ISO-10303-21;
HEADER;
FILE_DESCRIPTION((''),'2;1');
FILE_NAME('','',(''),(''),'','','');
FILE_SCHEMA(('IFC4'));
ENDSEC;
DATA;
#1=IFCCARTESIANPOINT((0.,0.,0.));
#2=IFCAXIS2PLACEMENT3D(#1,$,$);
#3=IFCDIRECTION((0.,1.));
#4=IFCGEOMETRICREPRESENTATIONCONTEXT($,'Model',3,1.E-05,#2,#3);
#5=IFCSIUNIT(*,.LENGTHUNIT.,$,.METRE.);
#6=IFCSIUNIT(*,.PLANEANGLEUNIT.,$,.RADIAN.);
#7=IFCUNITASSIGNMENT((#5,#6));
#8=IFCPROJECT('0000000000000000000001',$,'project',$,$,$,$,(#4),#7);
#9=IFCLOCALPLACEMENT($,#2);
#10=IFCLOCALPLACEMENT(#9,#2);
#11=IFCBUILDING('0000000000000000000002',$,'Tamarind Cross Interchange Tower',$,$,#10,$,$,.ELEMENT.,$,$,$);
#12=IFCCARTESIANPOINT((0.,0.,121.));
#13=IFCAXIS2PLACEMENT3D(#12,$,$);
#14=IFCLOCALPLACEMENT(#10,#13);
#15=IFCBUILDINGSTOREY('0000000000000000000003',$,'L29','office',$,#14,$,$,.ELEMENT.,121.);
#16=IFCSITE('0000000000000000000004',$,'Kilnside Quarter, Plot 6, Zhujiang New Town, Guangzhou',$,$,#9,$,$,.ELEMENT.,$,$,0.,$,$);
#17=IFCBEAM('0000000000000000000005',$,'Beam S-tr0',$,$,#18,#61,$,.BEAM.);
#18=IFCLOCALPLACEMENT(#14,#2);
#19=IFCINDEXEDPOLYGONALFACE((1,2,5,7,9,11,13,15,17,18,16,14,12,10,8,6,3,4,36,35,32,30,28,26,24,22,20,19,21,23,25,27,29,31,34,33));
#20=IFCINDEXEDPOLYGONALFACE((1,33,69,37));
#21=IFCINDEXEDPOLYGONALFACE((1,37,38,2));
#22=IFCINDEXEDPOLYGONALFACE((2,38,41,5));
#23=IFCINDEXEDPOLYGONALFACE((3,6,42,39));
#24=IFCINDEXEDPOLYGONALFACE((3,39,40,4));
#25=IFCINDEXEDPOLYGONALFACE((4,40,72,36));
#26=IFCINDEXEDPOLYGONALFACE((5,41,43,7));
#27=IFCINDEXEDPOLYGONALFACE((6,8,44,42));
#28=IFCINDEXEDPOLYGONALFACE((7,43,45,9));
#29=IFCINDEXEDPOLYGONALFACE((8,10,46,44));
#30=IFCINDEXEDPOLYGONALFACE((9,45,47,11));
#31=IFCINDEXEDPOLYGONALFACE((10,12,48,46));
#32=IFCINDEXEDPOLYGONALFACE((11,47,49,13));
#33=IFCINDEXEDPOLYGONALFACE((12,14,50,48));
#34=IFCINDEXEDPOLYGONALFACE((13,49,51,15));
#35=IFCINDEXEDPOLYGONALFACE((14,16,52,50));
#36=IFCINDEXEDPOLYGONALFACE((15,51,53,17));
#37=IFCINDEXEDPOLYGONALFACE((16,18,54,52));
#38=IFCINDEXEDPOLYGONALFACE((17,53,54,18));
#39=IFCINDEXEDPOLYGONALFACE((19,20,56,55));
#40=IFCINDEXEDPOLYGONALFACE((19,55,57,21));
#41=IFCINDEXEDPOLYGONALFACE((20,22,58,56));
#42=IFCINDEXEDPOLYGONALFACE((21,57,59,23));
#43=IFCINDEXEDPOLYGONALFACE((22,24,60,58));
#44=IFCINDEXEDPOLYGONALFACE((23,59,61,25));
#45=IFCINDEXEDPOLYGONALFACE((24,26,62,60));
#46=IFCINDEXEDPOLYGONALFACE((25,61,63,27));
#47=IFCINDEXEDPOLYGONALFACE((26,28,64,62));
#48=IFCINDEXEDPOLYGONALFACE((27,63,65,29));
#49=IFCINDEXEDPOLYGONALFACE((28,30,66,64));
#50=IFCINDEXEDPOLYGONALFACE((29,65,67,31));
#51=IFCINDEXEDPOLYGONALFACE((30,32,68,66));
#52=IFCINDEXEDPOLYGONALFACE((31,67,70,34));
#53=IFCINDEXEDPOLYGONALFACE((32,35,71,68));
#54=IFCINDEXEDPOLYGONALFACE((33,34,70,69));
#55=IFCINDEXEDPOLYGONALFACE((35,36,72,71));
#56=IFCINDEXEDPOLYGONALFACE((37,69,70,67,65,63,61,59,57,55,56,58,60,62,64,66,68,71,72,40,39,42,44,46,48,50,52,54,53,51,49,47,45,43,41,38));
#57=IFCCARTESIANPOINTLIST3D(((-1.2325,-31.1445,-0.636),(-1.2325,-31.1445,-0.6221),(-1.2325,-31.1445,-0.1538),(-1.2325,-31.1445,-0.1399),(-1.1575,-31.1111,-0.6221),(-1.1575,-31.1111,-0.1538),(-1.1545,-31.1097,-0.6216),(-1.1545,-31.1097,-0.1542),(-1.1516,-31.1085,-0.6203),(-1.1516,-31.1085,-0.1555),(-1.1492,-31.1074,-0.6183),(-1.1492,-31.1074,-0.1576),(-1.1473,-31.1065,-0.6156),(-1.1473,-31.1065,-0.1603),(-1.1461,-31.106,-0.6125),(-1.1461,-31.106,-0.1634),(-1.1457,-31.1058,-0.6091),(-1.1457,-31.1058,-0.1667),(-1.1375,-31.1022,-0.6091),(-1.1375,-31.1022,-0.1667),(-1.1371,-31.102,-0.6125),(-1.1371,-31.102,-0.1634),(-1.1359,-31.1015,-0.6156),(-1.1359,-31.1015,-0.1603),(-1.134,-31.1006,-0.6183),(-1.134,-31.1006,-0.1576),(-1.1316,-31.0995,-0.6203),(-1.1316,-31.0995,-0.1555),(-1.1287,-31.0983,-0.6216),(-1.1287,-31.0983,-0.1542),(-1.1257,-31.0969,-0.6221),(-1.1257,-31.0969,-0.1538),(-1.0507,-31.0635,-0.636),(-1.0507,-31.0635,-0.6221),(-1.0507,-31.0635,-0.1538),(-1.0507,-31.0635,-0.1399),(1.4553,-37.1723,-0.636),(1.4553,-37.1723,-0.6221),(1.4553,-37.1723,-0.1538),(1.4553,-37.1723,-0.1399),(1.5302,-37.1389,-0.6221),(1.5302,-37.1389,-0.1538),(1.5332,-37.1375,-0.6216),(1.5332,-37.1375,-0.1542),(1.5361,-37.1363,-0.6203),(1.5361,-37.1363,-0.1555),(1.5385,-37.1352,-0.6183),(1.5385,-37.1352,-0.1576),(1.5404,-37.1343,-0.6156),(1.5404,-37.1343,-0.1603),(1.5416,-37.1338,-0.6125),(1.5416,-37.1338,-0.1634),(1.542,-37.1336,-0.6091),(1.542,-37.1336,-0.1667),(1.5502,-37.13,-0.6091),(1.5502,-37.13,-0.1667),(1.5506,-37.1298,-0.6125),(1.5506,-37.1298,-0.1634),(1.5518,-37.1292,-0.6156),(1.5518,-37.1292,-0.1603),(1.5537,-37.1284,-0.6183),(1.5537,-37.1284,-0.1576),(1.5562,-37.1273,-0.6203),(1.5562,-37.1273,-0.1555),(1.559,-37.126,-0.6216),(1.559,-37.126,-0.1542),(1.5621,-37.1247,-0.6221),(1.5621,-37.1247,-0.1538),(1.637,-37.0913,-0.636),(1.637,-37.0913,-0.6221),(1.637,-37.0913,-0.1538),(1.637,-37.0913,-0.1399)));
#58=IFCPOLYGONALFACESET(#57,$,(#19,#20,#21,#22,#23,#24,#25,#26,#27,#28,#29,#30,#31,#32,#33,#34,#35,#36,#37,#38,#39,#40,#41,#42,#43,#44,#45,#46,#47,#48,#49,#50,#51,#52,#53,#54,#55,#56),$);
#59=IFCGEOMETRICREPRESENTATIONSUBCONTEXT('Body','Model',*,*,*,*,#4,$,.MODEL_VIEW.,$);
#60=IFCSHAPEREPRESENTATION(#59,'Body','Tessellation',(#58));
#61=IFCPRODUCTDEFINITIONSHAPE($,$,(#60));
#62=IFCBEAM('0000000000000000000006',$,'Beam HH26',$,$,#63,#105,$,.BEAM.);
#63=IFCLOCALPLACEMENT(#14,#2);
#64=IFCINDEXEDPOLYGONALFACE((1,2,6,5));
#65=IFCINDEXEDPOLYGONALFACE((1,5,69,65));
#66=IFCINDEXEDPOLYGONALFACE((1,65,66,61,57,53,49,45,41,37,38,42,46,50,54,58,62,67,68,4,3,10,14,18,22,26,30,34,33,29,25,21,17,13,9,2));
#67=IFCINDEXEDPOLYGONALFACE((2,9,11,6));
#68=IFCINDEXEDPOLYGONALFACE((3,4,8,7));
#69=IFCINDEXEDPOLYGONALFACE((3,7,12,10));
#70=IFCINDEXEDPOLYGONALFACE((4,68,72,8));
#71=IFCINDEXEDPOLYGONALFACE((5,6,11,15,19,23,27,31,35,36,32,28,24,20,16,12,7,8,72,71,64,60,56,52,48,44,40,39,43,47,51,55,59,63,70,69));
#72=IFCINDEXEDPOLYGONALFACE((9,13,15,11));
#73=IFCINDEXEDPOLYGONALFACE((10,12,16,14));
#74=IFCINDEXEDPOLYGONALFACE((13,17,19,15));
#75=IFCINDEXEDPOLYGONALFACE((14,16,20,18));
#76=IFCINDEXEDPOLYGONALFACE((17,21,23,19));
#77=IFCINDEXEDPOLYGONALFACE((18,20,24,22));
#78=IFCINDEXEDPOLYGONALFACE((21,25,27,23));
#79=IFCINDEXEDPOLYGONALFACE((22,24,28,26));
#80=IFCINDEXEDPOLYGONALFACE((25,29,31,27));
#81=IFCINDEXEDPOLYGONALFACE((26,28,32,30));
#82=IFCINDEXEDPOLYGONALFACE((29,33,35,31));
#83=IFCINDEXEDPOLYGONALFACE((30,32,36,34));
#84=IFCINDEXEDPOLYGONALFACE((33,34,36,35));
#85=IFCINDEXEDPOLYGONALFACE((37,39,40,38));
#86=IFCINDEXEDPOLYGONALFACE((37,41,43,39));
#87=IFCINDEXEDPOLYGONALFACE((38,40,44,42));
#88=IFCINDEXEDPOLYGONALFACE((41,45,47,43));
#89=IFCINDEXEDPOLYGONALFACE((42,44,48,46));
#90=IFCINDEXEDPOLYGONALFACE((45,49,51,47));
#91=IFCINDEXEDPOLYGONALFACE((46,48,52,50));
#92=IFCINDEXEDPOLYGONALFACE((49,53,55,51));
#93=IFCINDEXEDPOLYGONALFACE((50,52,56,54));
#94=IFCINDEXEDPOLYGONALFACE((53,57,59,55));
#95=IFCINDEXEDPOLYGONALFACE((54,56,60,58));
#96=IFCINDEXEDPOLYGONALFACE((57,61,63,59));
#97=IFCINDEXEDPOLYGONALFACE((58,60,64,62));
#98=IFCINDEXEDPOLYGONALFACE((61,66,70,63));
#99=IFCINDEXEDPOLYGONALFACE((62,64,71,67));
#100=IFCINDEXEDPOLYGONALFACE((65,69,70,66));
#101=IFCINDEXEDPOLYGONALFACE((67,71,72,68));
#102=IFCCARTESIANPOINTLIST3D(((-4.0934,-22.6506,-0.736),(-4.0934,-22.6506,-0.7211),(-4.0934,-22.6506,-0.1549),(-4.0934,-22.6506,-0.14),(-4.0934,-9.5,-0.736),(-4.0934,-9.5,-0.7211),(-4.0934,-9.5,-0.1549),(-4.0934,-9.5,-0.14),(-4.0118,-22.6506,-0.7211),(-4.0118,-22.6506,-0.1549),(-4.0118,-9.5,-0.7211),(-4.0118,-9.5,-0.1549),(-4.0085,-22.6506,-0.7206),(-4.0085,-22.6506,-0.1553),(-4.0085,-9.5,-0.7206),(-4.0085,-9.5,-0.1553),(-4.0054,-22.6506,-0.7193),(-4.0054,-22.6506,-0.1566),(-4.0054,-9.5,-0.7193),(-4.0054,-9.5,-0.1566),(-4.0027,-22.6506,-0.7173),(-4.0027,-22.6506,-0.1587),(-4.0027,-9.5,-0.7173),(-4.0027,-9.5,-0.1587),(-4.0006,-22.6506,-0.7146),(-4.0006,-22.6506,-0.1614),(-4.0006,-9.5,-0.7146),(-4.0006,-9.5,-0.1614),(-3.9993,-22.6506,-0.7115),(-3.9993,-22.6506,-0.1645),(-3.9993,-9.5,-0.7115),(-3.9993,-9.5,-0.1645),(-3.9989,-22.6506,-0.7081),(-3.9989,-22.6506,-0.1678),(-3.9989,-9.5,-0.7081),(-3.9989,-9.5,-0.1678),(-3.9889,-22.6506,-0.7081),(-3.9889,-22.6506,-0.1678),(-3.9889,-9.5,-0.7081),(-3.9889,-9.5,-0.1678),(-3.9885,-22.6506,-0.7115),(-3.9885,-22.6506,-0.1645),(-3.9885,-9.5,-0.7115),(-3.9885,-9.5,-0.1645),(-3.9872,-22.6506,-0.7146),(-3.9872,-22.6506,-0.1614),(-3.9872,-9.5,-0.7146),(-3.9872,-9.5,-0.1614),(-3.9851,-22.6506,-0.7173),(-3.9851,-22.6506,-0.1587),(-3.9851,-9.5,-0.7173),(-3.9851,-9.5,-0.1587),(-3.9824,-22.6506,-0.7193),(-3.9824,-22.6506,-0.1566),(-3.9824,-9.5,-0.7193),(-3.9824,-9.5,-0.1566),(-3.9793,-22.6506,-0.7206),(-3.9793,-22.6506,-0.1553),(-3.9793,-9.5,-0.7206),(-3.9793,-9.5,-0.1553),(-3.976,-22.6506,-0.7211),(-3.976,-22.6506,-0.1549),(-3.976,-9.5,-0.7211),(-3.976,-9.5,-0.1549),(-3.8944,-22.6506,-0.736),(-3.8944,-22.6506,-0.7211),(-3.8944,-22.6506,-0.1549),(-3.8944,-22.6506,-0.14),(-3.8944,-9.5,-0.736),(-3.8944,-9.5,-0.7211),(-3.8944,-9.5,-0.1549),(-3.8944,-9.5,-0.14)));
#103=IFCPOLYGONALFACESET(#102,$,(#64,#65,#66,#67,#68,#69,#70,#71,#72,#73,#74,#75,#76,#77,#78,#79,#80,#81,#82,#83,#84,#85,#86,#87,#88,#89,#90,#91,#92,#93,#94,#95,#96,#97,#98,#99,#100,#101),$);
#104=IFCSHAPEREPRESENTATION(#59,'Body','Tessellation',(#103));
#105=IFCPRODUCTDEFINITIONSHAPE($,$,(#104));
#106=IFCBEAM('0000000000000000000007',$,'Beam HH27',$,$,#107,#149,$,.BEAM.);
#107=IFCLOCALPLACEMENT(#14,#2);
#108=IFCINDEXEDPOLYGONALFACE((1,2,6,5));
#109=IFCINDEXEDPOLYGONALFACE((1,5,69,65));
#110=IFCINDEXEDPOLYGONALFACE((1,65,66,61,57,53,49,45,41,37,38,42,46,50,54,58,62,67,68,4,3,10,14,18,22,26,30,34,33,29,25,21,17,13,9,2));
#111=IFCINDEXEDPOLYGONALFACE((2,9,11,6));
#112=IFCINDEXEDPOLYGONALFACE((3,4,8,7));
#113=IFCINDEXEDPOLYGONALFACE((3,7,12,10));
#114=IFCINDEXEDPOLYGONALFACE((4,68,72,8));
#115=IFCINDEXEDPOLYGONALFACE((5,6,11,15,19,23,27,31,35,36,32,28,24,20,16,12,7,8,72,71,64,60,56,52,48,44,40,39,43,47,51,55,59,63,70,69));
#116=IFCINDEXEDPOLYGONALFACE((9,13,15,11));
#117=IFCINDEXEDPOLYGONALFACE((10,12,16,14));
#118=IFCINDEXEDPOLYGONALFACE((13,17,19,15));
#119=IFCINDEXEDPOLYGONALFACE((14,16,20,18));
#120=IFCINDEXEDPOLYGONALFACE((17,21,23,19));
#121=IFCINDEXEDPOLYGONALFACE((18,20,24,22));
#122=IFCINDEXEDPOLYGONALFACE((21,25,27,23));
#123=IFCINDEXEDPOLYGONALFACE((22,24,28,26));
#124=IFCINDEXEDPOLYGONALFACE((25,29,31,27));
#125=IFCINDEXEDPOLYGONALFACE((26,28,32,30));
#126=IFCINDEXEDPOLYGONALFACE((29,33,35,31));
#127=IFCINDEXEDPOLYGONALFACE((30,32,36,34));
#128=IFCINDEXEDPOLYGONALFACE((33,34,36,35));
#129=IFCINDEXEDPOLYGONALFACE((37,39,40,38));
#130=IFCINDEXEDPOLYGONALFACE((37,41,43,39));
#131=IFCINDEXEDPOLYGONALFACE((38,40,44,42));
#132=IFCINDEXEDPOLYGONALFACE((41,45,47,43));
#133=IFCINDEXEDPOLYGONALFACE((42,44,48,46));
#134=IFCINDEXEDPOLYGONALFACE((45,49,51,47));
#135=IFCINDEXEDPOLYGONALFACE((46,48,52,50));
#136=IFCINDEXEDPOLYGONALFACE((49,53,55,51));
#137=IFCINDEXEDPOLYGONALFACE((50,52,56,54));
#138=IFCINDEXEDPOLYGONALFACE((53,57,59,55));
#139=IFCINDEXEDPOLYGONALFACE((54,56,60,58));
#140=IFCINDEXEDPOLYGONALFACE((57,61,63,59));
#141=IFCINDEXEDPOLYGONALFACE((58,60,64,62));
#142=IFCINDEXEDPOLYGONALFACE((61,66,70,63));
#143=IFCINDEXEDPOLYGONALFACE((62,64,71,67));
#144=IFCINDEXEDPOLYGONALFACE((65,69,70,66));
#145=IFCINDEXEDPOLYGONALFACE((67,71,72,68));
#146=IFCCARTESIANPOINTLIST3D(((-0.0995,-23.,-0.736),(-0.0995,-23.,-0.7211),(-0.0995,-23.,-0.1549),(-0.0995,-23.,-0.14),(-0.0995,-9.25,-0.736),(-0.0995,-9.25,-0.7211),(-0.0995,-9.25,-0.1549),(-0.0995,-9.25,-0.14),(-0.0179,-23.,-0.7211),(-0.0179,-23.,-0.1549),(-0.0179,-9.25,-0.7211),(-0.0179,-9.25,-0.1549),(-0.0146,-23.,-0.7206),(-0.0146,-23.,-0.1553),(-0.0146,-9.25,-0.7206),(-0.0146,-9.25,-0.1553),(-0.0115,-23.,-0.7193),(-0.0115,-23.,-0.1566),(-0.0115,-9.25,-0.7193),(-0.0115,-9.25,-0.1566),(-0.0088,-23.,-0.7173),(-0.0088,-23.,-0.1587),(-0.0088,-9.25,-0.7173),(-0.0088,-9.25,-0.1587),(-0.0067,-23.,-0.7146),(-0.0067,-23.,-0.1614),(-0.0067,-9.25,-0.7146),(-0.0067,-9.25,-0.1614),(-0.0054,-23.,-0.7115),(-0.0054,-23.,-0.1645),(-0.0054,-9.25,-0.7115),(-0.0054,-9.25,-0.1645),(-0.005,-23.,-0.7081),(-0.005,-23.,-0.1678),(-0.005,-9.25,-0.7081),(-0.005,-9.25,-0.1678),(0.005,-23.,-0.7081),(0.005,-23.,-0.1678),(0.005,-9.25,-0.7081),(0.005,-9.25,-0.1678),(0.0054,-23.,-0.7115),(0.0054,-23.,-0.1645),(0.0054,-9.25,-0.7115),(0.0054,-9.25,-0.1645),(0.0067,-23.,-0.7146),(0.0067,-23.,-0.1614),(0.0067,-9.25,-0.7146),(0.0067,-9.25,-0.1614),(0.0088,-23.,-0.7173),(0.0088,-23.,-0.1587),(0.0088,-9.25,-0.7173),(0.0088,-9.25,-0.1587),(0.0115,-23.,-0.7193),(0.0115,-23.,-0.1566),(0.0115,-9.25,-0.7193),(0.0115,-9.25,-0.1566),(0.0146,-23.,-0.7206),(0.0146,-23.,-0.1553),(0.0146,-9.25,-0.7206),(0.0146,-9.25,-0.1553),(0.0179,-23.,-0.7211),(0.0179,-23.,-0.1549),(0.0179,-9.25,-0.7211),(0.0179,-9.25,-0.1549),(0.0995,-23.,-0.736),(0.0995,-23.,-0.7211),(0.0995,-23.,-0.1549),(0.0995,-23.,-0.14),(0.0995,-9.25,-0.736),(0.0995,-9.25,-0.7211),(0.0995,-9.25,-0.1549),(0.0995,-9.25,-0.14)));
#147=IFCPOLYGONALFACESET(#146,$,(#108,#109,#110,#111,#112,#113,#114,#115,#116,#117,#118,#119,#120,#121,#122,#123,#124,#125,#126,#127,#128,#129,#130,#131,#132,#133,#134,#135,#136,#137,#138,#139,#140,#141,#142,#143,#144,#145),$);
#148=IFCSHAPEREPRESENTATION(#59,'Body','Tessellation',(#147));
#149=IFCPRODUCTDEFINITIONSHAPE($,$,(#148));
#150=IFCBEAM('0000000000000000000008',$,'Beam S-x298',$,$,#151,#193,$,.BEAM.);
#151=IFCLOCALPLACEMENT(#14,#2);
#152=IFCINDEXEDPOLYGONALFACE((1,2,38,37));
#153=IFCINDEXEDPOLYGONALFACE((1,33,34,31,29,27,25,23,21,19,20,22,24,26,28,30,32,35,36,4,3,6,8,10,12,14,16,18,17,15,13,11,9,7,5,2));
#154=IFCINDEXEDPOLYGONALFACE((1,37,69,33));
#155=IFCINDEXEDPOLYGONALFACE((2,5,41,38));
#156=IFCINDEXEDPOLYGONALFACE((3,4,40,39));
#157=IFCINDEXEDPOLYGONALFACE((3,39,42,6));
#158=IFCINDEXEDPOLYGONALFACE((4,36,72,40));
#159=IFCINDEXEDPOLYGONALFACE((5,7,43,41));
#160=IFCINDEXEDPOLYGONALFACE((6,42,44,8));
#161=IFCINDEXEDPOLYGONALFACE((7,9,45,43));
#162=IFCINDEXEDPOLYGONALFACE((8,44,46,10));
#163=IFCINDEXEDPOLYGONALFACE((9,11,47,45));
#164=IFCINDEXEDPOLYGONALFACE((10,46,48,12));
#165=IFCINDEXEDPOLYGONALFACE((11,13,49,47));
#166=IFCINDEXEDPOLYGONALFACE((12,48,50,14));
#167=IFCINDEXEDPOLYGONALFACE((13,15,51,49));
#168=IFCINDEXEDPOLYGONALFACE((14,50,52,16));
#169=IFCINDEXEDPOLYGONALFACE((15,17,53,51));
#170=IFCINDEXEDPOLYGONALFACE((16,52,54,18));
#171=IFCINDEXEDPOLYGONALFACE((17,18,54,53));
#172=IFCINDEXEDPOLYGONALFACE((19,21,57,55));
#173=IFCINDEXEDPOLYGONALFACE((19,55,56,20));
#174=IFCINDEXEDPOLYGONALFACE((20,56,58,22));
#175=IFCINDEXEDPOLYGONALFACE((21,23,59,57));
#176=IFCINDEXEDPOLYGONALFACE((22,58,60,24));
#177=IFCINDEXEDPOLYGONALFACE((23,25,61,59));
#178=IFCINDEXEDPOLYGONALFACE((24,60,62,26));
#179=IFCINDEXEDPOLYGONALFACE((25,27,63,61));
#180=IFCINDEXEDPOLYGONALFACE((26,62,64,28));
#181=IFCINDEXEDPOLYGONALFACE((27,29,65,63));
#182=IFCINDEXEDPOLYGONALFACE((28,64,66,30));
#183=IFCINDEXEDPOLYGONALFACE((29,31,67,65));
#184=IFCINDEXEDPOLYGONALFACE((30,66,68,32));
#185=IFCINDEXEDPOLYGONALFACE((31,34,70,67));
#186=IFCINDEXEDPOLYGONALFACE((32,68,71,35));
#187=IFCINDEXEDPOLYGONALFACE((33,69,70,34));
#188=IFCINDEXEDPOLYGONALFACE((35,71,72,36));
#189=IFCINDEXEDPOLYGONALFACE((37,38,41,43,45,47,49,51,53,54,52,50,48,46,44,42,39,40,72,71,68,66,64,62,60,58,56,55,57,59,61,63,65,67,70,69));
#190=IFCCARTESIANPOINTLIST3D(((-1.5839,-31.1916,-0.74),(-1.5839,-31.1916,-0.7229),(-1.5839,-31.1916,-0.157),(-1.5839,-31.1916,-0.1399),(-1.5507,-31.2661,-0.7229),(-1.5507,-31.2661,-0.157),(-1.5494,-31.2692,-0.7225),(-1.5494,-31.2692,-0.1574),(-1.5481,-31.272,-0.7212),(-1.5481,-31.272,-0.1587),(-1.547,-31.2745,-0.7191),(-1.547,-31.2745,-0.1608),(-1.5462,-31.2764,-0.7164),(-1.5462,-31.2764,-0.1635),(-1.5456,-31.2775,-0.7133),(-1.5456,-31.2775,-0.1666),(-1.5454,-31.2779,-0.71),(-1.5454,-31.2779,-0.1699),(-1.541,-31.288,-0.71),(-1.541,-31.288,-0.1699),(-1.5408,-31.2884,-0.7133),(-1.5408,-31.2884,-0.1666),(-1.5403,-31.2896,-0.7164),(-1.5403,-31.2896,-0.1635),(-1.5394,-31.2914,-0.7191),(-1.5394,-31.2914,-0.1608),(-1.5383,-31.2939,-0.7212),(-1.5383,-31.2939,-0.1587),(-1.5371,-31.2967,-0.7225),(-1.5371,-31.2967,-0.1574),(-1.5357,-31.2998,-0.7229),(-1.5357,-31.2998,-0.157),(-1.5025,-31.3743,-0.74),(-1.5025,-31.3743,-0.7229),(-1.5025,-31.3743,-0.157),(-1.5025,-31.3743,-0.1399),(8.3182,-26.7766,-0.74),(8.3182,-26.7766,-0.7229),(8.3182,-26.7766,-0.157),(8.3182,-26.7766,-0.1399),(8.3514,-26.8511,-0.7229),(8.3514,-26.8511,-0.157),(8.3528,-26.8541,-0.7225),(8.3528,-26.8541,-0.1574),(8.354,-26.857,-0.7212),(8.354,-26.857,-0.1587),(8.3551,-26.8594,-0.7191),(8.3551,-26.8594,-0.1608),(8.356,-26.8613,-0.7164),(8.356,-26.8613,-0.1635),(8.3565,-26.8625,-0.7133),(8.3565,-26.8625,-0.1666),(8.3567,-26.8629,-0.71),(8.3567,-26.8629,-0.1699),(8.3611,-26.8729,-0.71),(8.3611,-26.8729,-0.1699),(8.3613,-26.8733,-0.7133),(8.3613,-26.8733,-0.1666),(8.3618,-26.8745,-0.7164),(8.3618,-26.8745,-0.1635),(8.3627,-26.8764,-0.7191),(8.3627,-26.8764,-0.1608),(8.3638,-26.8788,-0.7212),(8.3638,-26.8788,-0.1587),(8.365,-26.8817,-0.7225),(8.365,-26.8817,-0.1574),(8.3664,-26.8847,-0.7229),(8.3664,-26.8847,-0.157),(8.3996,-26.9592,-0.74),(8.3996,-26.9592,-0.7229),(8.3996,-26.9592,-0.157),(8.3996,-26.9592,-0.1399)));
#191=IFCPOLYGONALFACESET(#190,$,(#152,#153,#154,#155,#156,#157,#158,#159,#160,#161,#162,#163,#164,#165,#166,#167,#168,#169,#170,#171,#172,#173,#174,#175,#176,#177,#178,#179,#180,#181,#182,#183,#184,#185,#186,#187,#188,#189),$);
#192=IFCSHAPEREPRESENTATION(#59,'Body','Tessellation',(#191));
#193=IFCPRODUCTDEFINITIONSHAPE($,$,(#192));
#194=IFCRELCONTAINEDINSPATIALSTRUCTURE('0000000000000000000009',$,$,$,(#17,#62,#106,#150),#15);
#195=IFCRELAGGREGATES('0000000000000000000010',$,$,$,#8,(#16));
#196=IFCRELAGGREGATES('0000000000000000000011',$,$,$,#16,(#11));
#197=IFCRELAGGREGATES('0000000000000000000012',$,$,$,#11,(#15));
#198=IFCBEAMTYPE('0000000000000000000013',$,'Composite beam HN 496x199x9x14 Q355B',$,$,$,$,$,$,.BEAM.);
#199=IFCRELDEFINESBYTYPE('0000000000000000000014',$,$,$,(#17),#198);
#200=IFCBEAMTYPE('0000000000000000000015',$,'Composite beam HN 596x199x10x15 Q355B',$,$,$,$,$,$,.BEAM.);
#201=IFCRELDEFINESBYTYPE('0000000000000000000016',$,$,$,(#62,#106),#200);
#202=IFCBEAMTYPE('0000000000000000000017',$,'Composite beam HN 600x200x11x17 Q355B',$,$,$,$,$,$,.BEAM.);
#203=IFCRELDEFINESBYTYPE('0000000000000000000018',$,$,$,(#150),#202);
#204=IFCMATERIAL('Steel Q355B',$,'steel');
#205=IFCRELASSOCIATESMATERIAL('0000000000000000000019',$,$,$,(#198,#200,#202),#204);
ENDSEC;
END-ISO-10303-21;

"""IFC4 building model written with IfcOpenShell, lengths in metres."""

from ifc_helpers import new_model, si_unit, direction, frame, origin, origin_2d, place, context, subcontext, project, spatial, i_section, extrude, material, material_profile, profile_set, type_object, element, save


model = new_model("IFC4")

# Units and contexts
model_context = context("Model", 3, precision=1e-05, world=origin(), true_north=direction((0.0, 1.0)))
body_context = subcontext(model_context, "Body", "Model", "MODEL_VIEW")
ifc_project = project(units=[si_unit("LENGTHUNIT", "METRE"), si_unit("PLANEANGLEUNIT", "RADIAN")], contexts=[model_context])

# Site, building, storey
site_placement = place(None, origin())
site = spatial("IfcSite", under=ifc_project, at=site_placement, Name="Kilnside Quarter, Plot 6, Zhujiang New Town, Guangzhou", CompositionType="ELEMENT", RefElevation=0.0)
building_placement = place(site_placement, origin())
building = spatial("IfcBuilding", under=site, at=building_placement, Name="Tamarind Cross Interchange Tower", CompositionType="ELEMENT")
storey_placement = place(building_placement, frame((0.0, 0.0, 121.0)))
storey = spatial("IfcBuildingStorey", under=building, at=storey_placement, Name="L29", Description="office", CompositionType="ELEMENT", Elevation=121.0)

# Beams
ifc_material_1 = material(Name="Steel Q355B", Category="steel")
ifc_material_profile_1 = material_profile(ifc_material_1, i_section(OverallWidth=0.199, OverallDepth=0.4961, WebThickness=0.009, FlangeThickness=0.0139, FilletRadius=0.0129, at=origin_2d()), Name="HN 496x199x9x14")
ifc_profile_set_1 = profile_set([ifc_material_profile_1], Name="Steel Q355B")
beam_type_1 = type_object("IfcBeamType", Name="Composite beam HN 496x199x9x14 Q355B", PredefinedType="BEAM", material=ifc_profile_set_1)
beam_1_placement = place(storey_placement, frame((-1.1416, -31.104, -0.3879), z_axis=(0.40724, -0.913321, 0.0), x_axis=(0.913321, 0.40724, 0.0)))
element("IfcBeam", 1, at=beam_1_placement, inside=storey, type_object=beam_type_1, Name="Beam S-tr0", PredefinedType="BEAM", context=body_context, shape_type="SweptSolid", body=[
    extrude(i_section(OverallWidth=0.199, OverallDepth=0.4961, WebThickness=0.009, FlangeThickness=0.0139, FilletRadius=0.0129, at=origin_2d()), origin(), (0.0, 0.0, 1.0), 6.5999),
])
ifc_material_profile_2 = material_profile(ifc_material_1, i_section(OverallWidth=0.199, OverallDepth=0.5959, WebThickness=0.01, FlangeThickness=0.0149, FilletRadius=0.0129, at=origin_2d()), Name="HN 596x199x10x15")
ifc_profile_set_2 = profile_set([ifc_material_profile_2], Name="Steel Q355B")
beam_type_2 = type_object("IfcBeamType", Name="Composite beam HN 596x199x10x15 Q355B", PredefinedType="BEAM", material=ifc_profile_set_2)
beam_2_placement = place(storey_placement, frame((-3.9939, -22.6506, -0.438), z_axis=(0.0, 1.0, 0.0), x_axis=(-1.0, 0.0, 0.0)))
element("IfcBeam", 2, at=beam_2_placement, inside=storey, type_object=beam_type_2, Name="Beam HH26", PredefinedType="BEAM", context=body_context, shape_type="SweptSolid", body=[
    extrude(i_section(OverallWidth=0.199, OverallDepth=0.5959, WebThickness=0.01, FlangeThickness=0.0149, FilletRadius=0.0129, at=origin_2d()), origin(), (0.0, 0.0, 1.0), 13.1506),
])
beam_3_placement = place(storey_placement, frame((0.0, -23.0, -0.438), z_axis=(0.0, 1.0, 0.0), x_axis=(-1.0, 0.0, 0.0)))
element("IfcBeam", 3, at=beam_3_placement, inside=storey, type_object=beam_type_2, Name="Beam HH27", PredefinedType="BEAM", context=body_context, shape_type="SweptSolid", body=[
    extrude(i_section(OverallWidth=0.199, OverallDepth=0.5959, WebThickness=0.01, FlangeThickness=0.0149, FilletRadius=0.0129, at=origin_2d()), origin(), (0.0, 0.0, 1.0), 13.75),
])
ifc_material_profile_3 = material_profile(ifc_material_1, i_section(OverallWidth=0.2, OverallDepth=0.6001, WebThickness=0.011, FlangeThickness=0.0171, FilletRadius=0.0129, at=origin_2d()), Name="HN 600x200x11x17")
ifc_profile_set_3 = profile_set([ifc_material_profile_3], Name="Steel Q355B")
beam_type_3 = type_object("IfcBeamType", Name="Composite beam HN 600x200x11x17 Q355B", PredefinedType="BEAM", material=ifc_profile_set_3)
beam_4_placement = place(storey_placement, frame((-1.5432, -31.283, -0.4399), z_axis=(0.913328, 0.407225, 0.0), x_axis=(-0.407225, 0.913328, 0.0)))
element("IfcBeam", 4, at=beam_4_placement, inside=storey, type_object=beam_type_3, Name="Beam S-x298", PredefinedType="BEAM", context=body_context, shape_type="SweptSolid", body=[
    extrude(i_section(OverallWidth=0.2, OverallDepth=0.6001, WebThickness=0.011, FlangeThickness=0.0171, FilletRadius=0.0129, at=origin_2d()), origin(), (0.0, 0.0, 1.0), 10.8418),
])

save(model, "model.ifc")
